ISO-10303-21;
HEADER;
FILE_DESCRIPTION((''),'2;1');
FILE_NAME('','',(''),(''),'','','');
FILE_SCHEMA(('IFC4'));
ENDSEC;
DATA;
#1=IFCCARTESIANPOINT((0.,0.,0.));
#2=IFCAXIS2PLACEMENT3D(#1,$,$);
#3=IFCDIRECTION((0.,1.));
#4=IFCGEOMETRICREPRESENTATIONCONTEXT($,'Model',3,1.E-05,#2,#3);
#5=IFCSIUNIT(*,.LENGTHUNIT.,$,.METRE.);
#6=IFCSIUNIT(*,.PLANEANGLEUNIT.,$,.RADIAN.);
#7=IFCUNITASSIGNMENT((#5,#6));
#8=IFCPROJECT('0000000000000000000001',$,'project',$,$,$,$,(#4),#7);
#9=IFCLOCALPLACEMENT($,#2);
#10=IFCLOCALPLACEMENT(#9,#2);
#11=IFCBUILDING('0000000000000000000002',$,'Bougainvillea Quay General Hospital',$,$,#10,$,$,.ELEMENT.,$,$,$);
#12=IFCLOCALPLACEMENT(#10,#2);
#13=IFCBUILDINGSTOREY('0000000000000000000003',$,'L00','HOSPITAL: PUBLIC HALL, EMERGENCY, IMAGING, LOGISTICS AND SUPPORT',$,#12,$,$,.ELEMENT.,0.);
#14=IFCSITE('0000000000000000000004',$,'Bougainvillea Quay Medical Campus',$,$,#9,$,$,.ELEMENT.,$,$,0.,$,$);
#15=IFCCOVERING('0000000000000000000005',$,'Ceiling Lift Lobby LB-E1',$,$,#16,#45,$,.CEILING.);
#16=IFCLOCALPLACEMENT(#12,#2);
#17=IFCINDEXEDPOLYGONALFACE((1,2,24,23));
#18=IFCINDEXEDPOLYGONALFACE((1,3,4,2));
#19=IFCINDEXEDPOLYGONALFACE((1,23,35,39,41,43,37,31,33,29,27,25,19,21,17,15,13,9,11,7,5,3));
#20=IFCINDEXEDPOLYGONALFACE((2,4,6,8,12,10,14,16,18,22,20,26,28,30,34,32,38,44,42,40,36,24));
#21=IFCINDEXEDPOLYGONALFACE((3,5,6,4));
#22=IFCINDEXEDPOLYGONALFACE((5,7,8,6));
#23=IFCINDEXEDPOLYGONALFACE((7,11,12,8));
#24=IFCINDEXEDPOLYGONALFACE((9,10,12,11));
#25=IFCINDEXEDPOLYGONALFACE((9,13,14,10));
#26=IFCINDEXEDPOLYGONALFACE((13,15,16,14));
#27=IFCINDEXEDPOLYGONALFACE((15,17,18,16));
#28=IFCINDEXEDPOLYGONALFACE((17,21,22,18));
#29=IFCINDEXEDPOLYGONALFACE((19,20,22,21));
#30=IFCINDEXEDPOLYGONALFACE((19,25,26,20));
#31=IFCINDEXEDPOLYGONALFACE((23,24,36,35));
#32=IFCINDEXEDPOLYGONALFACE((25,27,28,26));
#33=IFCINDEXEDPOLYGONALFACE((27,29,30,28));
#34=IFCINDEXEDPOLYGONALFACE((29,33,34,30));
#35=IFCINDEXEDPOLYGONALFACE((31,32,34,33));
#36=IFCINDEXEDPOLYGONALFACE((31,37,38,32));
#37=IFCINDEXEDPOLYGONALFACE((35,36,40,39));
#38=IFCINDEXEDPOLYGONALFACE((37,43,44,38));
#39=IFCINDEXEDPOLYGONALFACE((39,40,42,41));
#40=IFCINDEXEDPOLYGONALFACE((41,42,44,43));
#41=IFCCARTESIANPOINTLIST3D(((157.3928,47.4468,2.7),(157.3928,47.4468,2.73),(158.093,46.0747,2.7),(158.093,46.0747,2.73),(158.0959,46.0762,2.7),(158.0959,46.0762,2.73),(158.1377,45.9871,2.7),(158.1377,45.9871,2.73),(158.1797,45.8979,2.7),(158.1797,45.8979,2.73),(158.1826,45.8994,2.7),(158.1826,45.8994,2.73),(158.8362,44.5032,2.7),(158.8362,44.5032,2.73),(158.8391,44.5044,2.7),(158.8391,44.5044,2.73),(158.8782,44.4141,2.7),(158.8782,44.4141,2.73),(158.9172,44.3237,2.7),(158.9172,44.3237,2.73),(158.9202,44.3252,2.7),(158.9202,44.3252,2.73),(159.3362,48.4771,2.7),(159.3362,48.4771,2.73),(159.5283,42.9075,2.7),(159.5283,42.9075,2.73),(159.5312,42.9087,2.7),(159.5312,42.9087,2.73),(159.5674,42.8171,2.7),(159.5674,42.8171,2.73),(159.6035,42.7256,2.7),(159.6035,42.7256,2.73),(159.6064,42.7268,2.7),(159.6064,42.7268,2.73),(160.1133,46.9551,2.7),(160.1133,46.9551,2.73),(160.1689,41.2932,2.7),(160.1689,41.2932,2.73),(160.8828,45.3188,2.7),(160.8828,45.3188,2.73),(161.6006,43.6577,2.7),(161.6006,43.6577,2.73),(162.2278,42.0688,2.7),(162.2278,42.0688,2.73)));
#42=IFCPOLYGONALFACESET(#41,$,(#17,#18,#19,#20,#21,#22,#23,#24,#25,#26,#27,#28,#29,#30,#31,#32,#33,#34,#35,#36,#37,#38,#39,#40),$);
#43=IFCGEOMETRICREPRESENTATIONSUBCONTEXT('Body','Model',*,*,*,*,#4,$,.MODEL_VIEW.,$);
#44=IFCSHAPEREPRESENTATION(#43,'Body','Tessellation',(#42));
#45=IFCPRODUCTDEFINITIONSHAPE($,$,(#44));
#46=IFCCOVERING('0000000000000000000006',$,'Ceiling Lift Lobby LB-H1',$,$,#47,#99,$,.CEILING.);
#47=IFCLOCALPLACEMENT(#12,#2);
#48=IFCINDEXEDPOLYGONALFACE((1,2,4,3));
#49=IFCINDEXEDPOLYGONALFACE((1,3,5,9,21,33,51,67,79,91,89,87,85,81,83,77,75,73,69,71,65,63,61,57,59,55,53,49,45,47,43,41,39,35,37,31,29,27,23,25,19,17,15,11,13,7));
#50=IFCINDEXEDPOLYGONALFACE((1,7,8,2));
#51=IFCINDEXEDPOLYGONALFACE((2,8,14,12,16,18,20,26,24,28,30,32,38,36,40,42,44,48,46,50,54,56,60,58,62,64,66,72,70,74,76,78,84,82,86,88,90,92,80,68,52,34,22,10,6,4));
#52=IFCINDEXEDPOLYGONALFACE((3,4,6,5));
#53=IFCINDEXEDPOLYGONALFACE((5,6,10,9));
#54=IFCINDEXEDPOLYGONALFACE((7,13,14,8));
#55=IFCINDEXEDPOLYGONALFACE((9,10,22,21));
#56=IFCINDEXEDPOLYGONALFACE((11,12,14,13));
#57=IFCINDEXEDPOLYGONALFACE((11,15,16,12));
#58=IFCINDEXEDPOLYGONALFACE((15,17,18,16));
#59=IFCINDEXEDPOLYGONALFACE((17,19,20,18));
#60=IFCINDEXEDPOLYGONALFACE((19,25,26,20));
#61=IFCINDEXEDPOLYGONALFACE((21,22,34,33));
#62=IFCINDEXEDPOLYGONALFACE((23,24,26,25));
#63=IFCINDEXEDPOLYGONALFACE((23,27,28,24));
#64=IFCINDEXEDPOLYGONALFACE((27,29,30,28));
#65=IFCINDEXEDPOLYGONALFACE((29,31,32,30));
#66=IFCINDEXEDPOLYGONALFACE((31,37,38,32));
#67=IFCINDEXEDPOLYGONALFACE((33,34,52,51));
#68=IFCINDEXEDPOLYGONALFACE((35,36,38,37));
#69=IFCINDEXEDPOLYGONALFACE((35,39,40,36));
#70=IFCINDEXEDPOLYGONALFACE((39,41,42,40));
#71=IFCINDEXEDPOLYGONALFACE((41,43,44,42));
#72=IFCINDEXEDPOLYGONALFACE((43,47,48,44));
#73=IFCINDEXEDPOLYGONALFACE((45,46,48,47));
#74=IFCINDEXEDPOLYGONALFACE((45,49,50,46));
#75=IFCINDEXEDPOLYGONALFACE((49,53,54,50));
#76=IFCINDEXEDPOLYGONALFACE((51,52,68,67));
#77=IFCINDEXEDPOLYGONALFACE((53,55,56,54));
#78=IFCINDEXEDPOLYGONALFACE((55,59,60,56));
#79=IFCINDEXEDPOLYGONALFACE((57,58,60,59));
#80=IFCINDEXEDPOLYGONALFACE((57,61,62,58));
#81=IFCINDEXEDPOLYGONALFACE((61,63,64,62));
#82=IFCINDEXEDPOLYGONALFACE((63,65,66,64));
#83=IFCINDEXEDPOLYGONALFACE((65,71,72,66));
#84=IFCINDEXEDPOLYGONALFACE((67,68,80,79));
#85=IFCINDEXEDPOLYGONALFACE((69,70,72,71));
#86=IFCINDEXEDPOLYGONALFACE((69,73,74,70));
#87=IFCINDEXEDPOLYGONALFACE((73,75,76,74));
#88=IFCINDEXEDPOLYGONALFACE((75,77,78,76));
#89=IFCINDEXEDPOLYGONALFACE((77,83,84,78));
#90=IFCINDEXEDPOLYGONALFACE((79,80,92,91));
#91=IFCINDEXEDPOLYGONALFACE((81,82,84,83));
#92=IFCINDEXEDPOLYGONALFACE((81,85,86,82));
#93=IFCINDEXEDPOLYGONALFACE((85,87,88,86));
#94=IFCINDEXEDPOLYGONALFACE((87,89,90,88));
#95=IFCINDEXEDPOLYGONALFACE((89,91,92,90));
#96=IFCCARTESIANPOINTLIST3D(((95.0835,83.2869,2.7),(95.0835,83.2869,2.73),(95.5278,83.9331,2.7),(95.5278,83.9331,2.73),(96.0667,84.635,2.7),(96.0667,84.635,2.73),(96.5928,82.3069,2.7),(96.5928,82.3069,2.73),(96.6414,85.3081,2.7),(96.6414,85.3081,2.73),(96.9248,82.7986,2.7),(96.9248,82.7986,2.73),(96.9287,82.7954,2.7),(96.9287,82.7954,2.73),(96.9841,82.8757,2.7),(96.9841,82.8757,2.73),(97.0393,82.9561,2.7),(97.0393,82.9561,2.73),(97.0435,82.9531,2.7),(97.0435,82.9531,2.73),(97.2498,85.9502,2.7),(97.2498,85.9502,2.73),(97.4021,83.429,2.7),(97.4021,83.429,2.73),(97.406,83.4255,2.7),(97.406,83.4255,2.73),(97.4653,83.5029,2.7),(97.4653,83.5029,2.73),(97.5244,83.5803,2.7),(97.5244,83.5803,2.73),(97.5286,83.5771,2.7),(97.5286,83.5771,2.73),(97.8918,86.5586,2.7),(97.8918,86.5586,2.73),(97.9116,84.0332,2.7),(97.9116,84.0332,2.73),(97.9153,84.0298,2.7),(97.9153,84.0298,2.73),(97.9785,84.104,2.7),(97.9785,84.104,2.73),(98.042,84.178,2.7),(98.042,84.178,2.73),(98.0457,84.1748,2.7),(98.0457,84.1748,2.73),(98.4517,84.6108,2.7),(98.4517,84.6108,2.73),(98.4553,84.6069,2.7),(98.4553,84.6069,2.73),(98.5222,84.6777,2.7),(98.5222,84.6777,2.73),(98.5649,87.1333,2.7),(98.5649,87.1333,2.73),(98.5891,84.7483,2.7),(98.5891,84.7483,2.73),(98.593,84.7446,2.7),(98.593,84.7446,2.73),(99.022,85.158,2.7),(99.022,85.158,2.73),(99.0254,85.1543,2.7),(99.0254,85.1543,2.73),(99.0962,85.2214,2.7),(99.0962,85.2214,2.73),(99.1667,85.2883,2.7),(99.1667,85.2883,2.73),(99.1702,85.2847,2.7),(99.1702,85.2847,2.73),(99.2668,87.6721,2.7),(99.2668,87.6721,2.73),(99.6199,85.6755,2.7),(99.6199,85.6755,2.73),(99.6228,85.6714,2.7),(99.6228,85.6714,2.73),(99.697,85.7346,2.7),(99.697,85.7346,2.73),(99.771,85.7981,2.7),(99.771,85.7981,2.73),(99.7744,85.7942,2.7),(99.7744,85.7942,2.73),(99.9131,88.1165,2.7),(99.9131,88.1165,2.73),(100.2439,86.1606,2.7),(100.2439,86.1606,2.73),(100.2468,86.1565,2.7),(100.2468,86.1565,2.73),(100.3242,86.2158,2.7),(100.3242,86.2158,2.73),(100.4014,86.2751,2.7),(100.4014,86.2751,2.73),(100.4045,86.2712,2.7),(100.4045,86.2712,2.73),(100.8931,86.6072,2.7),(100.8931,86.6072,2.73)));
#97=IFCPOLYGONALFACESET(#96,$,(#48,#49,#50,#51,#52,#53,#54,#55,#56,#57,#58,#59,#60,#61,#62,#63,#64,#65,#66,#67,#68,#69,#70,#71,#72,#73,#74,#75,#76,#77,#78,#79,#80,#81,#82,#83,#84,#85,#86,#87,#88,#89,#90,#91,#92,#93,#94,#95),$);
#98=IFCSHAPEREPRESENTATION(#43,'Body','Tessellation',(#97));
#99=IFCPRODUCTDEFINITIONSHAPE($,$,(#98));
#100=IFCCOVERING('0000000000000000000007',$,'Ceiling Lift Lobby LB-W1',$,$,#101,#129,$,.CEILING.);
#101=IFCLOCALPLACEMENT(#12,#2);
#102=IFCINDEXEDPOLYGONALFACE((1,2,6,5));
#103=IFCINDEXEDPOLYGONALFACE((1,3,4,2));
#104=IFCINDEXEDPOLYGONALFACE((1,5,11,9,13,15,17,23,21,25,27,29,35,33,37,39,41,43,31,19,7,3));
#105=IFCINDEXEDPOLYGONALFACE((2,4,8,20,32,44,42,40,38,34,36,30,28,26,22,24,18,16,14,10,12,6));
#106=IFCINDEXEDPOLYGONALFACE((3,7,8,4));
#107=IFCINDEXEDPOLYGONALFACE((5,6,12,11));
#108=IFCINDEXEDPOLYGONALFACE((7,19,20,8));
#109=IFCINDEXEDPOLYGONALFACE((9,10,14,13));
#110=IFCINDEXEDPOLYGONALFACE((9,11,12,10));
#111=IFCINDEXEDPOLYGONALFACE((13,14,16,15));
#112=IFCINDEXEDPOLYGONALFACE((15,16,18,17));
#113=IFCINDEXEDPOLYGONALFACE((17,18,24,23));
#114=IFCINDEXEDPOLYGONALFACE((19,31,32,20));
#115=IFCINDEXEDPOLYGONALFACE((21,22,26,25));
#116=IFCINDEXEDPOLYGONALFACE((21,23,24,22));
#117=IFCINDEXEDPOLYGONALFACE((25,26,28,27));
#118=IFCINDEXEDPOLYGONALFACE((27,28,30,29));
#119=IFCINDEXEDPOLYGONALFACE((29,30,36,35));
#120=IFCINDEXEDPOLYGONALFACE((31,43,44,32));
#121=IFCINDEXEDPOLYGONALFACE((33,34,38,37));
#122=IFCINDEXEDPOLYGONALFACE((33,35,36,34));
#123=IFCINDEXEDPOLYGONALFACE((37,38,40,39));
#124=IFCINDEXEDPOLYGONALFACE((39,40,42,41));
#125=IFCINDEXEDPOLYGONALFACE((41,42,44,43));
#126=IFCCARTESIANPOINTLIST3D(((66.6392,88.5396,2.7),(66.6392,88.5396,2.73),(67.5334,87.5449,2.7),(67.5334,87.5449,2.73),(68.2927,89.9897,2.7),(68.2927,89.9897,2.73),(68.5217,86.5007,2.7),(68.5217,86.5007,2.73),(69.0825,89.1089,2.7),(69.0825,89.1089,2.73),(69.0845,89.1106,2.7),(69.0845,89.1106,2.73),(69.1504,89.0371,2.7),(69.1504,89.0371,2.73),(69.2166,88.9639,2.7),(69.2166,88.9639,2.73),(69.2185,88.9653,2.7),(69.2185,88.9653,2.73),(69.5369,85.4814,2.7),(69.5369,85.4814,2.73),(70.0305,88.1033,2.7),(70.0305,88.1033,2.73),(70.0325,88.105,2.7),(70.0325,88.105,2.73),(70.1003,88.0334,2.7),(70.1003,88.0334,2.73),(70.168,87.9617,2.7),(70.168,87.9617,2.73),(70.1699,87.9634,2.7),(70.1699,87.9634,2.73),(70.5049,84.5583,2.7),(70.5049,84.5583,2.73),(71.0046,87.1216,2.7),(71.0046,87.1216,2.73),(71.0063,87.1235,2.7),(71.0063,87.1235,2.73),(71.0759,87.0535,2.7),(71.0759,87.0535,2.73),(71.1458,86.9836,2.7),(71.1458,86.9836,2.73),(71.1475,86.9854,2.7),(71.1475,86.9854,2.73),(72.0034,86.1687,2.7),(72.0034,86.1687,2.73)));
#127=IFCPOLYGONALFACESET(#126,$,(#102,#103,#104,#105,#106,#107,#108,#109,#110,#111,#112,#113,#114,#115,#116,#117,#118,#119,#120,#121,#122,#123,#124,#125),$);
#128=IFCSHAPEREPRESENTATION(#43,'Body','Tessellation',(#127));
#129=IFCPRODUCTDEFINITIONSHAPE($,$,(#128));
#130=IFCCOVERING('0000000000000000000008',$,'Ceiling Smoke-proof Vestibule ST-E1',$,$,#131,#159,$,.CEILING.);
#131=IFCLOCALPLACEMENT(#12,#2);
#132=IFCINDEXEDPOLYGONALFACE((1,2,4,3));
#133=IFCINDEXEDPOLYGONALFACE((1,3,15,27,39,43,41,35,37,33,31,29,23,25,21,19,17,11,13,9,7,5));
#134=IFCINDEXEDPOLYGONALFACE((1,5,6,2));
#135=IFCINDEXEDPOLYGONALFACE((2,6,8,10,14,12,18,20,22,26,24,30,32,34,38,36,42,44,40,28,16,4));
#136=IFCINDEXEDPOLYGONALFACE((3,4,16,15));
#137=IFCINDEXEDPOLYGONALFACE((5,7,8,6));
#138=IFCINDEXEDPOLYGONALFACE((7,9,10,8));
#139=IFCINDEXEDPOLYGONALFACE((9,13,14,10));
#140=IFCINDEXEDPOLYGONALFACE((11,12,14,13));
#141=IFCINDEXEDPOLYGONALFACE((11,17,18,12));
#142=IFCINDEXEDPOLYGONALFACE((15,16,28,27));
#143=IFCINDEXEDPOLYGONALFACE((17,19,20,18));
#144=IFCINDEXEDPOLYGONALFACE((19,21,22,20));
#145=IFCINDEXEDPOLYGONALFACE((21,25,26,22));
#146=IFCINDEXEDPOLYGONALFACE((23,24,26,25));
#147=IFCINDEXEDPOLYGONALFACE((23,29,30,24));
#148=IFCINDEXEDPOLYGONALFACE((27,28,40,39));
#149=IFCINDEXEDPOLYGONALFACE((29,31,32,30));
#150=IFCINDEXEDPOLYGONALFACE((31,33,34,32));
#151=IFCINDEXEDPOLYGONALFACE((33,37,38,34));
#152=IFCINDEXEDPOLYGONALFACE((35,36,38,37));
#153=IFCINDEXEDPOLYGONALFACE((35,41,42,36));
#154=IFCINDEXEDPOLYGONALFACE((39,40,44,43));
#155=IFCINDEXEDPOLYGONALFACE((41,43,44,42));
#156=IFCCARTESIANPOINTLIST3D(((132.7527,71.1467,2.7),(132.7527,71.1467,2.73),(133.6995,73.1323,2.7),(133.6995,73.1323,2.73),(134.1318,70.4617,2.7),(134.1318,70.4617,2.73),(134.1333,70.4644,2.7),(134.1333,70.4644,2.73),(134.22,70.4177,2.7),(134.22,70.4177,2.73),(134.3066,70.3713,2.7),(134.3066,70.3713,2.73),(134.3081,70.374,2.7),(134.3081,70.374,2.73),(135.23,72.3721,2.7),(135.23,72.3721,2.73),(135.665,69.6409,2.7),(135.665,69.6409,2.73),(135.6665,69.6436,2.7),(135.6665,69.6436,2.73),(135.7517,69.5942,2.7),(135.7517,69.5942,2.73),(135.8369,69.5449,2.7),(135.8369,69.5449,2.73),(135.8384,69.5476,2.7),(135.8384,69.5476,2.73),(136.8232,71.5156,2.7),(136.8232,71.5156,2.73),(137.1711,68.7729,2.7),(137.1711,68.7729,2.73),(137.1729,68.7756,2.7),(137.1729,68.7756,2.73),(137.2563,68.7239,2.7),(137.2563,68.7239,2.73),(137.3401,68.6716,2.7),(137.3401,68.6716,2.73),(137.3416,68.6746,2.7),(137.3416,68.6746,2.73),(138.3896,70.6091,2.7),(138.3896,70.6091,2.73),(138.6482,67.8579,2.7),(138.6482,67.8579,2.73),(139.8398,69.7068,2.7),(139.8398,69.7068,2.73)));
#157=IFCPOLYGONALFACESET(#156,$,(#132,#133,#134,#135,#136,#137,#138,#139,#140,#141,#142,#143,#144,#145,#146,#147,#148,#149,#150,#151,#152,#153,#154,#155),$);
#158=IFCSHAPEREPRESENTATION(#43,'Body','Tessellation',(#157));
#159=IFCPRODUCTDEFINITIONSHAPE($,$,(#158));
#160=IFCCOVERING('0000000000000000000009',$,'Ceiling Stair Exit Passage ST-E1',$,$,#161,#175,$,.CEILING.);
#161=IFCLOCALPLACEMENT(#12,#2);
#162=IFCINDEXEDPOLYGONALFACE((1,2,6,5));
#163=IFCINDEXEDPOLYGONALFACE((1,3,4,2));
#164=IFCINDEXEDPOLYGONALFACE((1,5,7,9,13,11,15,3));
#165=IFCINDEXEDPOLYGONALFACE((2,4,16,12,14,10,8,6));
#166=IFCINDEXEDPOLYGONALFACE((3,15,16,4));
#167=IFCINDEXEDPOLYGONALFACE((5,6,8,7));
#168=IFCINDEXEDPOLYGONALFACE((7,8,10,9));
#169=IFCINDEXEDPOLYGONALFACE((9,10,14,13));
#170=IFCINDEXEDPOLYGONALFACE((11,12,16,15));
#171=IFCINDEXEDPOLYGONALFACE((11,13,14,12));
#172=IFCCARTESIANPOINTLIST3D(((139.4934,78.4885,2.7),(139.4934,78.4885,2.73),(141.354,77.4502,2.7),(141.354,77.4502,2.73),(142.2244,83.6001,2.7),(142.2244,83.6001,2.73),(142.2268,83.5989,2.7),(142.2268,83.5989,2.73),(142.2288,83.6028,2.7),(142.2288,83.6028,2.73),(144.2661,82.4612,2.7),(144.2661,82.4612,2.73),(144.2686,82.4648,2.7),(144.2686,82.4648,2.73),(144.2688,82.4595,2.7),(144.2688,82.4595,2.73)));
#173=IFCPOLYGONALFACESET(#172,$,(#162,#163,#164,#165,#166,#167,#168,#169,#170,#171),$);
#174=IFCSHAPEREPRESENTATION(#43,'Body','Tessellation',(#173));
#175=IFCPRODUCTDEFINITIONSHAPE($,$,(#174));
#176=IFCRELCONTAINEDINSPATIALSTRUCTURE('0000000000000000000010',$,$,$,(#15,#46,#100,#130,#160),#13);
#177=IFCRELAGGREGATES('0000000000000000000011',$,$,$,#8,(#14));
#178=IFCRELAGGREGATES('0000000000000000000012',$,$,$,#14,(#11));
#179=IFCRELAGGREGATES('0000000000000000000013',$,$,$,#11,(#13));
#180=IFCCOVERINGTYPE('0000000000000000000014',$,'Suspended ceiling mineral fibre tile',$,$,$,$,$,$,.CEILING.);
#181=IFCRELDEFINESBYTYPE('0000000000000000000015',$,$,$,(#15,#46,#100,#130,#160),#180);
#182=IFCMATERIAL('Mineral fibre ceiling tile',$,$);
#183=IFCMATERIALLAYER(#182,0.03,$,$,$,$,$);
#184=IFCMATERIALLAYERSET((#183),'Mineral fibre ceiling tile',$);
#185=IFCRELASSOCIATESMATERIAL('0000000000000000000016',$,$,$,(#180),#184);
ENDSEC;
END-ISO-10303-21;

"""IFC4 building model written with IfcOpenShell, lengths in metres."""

from ifc_helpers import new_model, si_unit, direction, frame, origin, place, context, subcontext, project, spatial, polyline, outline, extrude, material, layer, layer_set, type_object, element, save


model = new_model("IFC4")

# Units and contexts
model_context = context("Model", 3, precision=1e-05, world=origin(), true_north=direction((0.0, 1.0)))
body_context = subcontext(model_context, "Body", "Model", "MODEL_VIEW")
ifc_project = project(units=[si_unit("LENGTHUNIT", "METRE"), si_unit("PLANEANGLEUNIT", "RADIAN")], contexts=[model_context])

# Site, building, storey
site_placement = place(None, origin())
site = spatial("IfcSite", under=ifc_project, at=site_placement, Name="Bougainvillea Quay Medical Campus", CompositionType="ELEMENT", RefElevation=0.0)
building_placement = place(site_placement, origin())
building = spatial("IfcBuilding", under=site, at=building_placement, Name="Bougainvillea Quay General Hospital", CompositionType="ELEMENT")
storey_placement = place(building_placement, origin())
storey = spatial("IfcBuildingStorey", under=building, at=storey_placement, Name="L00", Description="HOSPITAL: PUBLIC HALL, EMERGENCY, IMAGING, LOGISTICS AND SUPPORT", CompositionType="ELEMENT", Elevation=0.0)

# Coverings
ifc_material = material(Name="Mineral fibre ceiling tile")
ifc_layer = layer(ifc_material, 0.03)
ifc_layer_set = layer_set([ifc_layer], Name="Mineral fibre ceiling tile")
covering_type = type_object("IfcCoveringType", Name="Suspended ceiling mineral fibre tile", PredefinedType="CEILING", material=ifc_layer_set)
covering_1_placement = place(storey_placement, frame((0.0, 0.0, 2.7)))
element("IfcCovering", 1, at=covering_1_placement, inside=storey, type_object=covering_type, Name="Ceiling Lift Lobby LB-E1", PredefinedType="CEILING", context=body_context, shape_type="SweptSolid", body=[
    extrude(outline(polyline([(158.093, 46.0747), (158.0959, 46.0762), (158.1377, 45.9871), (158.1826, 45.8994), (158.1797, 45.8979), (158.8362, 44.5032), (158.8391, 44.5044), (158.8782, 44.4141), (158.9202, 44.3252), (158.9172, 44.3237), (159.5283, 42.9075), (159.5312, 42.9087), (159.5674, 42.8171), (159.6064, 42.7268), (159.6035, 42.7256), (160.1689, 41.2932), (162.2278, 42.0688), (161.6006, 43.6577), (160.8828, 45.3188), (160.1133, 46.9551), (159.3362, 48.4771), (157.3928, 47.4468), (158.093, 46.0747)])), origin(), (0.0, 0.0, 1.0), 0.03),
])
covering_2_placement = place(storey_placement, frame((0.0, 0.0, 2.7)))
element("IfcCovering", 2, at=covering_2_placement, inside=storey, type_object=covering_type, Name="Ceiling Lift Lobby LB-H1", PredefinedType="CEILING", context=body_context, shape_type="SweptSolid", body=[
    extrude(outline(polyline([(96.9248, 82.7986), (96.9841, 82.8757), (97.0393, 82.9561), (97.0435, 82.9531), (97.406, 83.4255), (97.4021, 83.429), (97.4653, 83.5029), (97.5244, 83.5803), (97.5286, 83.5771), (97.9153, 84.0298), (97.9116, 84.0332), (97.9785, 84.104), (98.042, 84.178), (98.0457, 84.1748), (98.4553, 84.6069), (98.4517, 84.6108), (98.5222, 84.6777), (98.5891, 84.7483), (98.593, 84.7446), (99.0254, 85.1543), (99.022, 85.158), (99.0962, 85.2214), (99.1667, 85.2883), (99.1702, 85.2847), (99.6228, 85.6714), (99.6199, 85.6755), (99.697, 85.7346), (99.771, 85.7981), (99.7744, 85.7942), (100.2468, 86.1565), (100.2439, 86.1606), (100.3242, 86.2158), (100.4014, 86.2751), (100.4045, 86.2712), (100.8931, 86.6072), (99.9131, 88.1165), (99.2668, 87.6721), (98.5649, 87.1333), (97.8918, 86.5586), (97.2498, 85.9502), (96.6414, 85.3081), (96.0667, 84.635), (95.5278, 83.9331), (95.0835, 83.2869), (96.5928, 82.3069), (96.9287, 82.7954), (96.9248, 82.7986)])), origin(), (0.0, 0.0, 1.0), 0.03),
])
covering_3_placement = place(storey_placement, frame((0.0, 0.0, 2.7)))
element("IfcCovering", 3, at=covering_3_placement, inside=storey, type_object=covering_type, Name="Ceiling Lift Lobby LB-W1", PredefinedType="CEILING", context=body_context, shape_type="SweptSolid", body=[
    extrude(outline(polyline([(71.1475, 86.9854), (71.1458, 86.9836), (71.0759, 87.0535), (71.0046, 87.1216), (71.0063, 87.1235), (70.1699, 87.9634), (70.168, 87.9617), (70.1003, 88.0334), (70.0305, 88.1033), (70.0325, 88.105), (69.2185, 88.9653), (69.2166, 88.9639), (69.1504, 89.0371), (69.0825, 89.1089), (69.0845, 89.1106), (68.2927, 89.9897), (66.6392, 88.5396), (67.5334, 87.5449), (68.5217, 86.5007), (69.5369, 85.4814), (70.5049, 84.5583), (72.0034, 86.1687), (71.1475, 86.9854)])), origin(), (0.0, 0.0, 1.0), 0.03),
])
covering_4_placement = place(storey_placement, frame((0.0, 0.0, 2.7)))
element("IfcCovering", 4, at=covering_4_placement, inside=storey, type_object=covering_type, Name="Ceiling Smoke-proof Vestibule ST-E1", PredefinedType="CEILING", context=body_context, shape_type="SweptSolid", body=[
    extrude(outline(polyline([(134.3081, 70.374), (134.3066, 70.3713), (135.665, 69.6409), (135.6665, 69.6436), (135.7517, 69.5942), (135.8384, 69.5476), (135.8369, 69.5449), (137.1711, 68.7729), (137.1729, 68.7756), (137.2563, 68.7239), (137.3416, 68.6746), (137.3401, 68.6716), (138.6482, 67.8579), (139.8398, 69.7068), (138.3896, 70.6091), (136.8232, 71.5156), (135.23, 72.3721), (133.6995, 73.1323), (132.7527, 71.1467), (134.1318, 70.4617), (134.1333, 70.4644), (134.22, 70.4177), (134.3081, 70.374)])), origin(), (0.0, 0.0, 1.0), 0.03),
])
covering_5_placement = place(storey_placement, frame((0.0, 0.0, 2.7)))
element("IfcCovering", 5, at=covering_5_placement, inside=storey, type_object=covering_type, Name="Ceiling Stair Exit Passage ST-E1", PredefinedType="CEILING", context=body_context, shape_type="SweptSolid", body=[
    extrude(outline(polyline([(144.2686, 82.4648), (142.2288, 83.6028), (142.2268, 83.5989), (142.2244, 83.6001), (139.4934, 78.4885), (141.354, 77.4502), (144.2688, 82.4595), (144.2661, 82.4612), (144.2686, 82.4648)])), origin(), (0.0, 0.0, 1.0), 0.03),
])

save(model, "model.ifc")
